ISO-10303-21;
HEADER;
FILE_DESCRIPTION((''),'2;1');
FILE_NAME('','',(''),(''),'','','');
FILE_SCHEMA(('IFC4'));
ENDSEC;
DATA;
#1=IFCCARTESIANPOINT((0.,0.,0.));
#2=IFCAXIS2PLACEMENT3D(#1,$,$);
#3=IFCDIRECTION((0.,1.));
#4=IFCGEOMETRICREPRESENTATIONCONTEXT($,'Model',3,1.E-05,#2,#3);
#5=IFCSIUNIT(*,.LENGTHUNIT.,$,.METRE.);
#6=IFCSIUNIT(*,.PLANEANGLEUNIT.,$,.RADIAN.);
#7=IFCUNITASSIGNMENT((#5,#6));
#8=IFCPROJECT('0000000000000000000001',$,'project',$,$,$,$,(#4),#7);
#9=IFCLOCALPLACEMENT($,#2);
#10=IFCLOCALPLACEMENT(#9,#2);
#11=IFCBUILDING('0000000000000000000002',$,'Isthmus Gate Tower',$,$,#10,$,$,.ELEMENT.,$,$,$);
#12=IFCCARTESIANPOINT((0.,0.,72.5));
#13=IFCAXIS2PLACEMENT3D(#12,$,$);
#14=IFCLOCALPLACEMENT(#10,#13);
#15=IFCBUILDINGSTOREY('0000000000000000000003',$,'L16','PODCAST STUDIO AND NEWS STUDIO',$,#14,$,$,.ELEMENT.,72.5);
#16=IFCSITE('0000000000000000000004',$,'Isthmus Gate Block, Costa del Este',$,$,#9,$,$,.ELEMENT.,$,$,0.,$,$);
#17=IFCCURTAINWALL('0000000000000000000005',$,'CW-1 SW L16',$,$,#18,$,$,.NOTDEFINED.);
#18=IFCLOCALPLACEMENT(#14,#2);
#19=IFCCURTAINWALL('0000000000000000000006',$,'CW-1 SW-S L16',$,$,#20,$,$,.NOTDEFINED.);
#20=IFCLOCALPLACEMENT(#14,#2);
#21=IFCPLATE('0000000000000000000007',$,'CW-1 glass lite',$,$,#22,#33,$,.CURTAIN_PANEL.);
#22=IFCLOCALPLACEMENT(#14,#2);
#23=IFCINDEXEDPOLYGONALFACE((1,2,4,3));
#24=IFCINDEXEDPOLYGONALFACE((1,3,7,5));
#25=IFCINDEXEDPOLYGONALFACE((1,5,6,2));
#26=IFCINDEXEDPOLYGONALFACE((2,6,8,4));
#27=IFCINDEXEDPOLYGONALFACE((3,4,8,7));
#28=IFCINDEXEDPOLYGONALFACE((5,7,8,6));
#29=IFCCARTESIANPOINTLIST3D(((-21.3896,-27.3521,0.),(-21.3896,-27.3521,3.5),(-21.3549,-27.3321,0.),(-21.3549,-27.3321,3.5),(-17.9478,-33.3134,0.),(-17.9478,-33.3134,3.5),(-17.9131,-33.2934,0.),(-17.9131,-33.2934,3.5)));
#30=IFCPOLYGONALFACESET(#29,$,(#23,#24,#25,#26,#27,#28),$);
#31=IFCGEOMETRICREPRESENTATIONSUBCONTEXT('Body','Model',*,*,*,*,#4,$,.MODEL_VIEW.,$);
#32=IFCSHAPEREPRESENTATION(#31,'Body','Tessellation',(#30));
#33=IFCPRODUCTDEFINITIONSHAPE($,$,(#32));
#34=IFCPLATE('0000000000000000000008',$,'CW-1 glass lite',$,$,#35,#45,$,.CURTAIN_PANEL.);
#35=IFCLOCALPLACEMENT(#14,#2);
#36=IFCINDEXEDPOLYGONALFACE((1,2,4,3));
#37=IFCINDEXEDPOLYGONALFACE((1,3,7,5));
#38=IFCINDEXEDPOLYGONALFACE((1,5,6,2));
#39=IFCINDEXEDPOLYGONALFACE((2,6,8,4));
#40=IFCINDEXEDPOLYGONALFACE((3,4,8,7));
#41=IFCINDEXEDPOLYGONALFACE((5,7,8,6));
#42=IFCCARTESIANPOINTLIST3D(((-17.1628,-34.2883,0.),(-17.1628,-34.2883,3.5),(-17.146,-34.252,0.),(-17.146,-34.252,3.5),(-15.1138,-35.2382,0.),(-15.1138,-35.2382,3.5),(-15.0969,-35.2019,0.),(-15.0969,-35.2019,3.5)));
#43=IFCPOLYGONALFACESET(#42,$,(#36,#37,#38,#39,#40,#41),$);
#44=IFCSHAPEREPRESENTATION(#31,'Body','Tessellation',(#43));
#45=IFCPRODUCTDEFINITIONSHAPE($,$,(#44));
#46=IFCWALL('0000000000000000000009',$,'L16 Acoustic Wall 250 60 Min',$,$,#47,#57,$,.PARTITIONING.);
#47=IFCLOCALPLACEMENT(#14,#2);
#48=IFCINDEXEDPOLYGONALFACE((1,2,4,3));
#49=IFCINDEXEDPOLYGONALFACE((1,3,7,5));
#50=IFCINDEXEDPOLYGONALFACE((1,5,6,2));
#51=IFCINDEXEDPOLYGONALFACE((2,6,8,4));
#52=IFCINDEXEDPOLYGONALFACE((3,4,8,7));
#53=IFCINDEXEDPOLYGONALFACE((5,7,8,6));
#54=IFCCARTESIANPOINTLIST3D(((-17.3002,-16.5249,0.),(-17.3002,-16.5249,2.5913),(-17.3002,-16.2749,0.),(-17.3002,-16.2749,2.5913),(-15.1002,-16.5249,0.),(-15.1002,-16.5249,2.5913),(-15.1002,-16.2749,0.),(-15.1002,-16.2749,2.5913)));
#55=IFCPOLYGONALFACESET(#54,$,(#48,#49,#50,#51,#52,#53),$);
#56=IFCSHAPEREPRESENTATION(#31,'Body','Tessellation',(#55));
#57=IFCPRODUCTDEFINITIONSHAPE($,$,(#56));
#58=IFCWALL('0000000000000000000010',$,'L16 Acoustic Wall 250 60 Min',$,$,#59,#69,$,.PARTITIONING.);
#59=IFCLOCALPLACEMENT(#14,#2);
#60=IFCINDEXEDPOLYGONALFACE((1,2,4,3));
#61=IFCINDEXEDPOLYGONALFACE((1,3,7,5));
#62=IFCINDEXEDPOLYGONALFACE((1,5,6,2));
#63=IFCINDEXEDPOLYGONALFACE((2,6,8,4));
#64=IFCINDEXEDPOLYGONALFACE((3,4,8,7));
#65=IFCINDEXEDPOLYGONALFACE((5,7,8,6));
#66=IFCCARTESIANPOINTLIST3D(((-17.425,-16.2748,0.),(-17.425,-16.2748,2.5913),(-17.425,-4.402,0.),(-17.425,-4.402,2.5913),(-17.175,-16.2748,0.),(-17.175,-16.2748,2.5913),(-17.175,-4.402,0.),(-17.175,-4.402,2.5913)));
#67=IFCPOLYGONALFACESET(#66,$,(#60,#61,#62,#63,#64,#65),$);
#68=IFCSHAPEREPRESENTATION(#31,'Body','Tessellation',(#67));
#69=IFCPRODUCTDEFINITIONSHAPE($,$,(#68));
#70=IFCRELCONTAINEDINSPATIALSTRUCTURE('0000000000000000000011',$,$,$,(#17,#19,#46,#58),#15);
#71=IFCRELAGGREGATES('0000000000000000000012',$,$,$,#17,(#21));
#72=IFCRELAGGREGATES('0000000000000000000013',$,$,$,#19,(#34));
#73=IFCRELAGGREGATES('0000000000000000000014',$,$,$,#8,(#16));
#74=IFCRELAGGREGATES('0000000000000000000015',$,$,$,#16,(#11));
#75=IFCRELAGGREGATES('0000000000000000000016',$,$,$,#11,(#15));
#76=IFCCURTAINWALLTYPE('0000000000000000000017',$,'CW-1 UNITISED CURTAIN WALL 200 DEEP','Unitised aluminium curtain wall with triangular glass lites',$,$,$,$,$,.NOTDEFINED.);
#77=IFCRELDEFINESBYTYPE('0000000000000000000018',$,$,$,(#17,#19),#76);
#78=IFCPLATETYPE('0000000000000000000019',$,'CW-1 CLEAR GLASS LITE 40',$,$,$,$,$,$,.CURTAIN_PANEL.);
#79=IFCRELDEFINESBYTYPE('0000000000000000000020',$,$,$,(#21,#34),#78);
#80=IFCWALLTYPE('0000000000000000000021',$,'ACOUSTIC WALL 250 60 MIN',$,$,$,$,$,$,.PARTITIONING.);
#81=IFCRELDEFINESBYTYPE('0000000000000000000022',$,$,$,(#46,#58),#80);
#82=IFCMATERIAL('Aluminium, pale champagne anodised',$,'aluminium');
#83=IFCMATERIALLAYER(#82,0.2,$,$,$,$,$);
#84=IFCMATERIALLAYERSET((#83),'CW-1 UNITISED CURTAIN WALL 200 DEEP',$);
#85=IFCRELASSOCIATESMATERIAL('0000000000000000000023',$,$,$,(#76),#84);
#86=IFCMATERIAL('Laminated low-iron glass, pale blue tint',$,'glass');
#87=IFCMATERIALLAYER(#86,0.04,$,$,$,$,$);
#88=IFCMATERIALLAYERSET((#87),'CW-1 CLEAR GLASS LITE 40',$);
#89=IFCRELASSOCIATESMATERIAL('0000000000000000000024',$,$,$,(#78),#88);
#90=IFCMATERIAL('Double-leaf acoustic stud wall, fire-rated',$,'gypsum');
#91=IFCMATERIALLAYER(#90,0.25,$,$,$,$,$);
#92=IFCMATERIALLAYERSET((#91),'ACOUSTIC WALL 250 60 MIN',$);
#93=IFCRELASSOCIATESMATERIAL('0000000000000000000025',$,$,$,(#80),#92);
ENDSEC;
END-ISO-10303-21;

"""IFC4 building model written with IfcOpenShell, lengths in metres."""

from ifc_helpers import new_model, si_unit, direction, frame, frame_2d, origin, origin_2d, place, context, subcontext, project, spatial, rectangle, extrude, material, layer, layer_set, type_object, element, aggregate, save


model = new_model("IFC4")

# Units and contexts
model_context = context("Model", 3, precision=1e-05, world=origin(), true_north=direction((0.0, 1.0)))
body_context = subcontext(model_context, "Body", "Model", "MODEL_VIEW")
ifc_project = project(units=[si_unit("LENGTHUNIT", "METRE"), si_unit("PLANEANGLEUNIT", "RADIAN")], contexts=[model_context])

# Site, building, storey
site_placement = place(None, origin())
site = spatial("IfcSite", under=ifc_project, at=site_placement, Name="Isthmus Gate Block, Costa del Este", CompositionType="ELEMENT", RefElevation=0.0)
building_placement = place(site_placement, origin())
building = spatial("IfcBuilding", under=site, at=building_placement, Name="Isthmus Gate Tower", CompositionType="ELEMENT")
storey_placement = place(building_placement, frame((0.0, 0.0, 72.5)))
storey = spatial("IfcBuildingStorey", under=building, at=storey_placement, Name="L16", Description="PODCAST STUDIO AND NEWS STUDIO", CompositionType="ELEMENT", Elevation=72.5)

# Curtain wall
ifc_material_1 = material(Name="Aluminium, pale champagne anodised", Category="aluminium")
ifc_layer_1 = layer(ifc_material_1, 0.2)
ifc_layer_set_1 = layer_set([ifc_layer_1], Name="CW-1 UNITISED CURTAIN WALL 200 DEEP")
curtain_wall_type = type_object("IfcCurtainWallType", Name="CW-1 UNITISED CURTAIN WALL 200 DEEP", Description="Unitised aluminium curtain wall with triangular glass lites", PredefinedType="NOTDEFINED", material=ifc_layer_set_1)
curtain_wall_1_placement = place(storey_placement, origin())
curtain_wall_1 = element("IfcCurtainWall", 1, at=curtain_wall_1_placement, inside=storey, type_object=curtain_wall_type, Name="CW-1 SW L16", PredefinedType="NOTDEFINED")

# Curtain wall
curtain_wall_2_placement = place(storey_placement, origin())
curtain_wall_2 = element("IfcCurtainWall", 2, at=curtain_wall_2_placement, inside=storey, type_object=curtain_wall_type, Name="CW-1 SW-S L16", PredefinedType="NOTDEFINED")

# Plates
ifc_material_2 = material(Name="Laminated low-iron glass, pale blue tint", Category="glass")
ifc_layer_2 = layer(ifc_material_2, 0.04)
ifc_layer_set_2 = layer_set([ifc_layer_2], Name="CW-1 CLEAR GLASS LITE 40")
plate_type = type_object("IfcPlateType", Name="CW-1 CLEAR GLASS LITE 40", PredefinedType="CURTAIN_PANEL", material=ifc_layer_set_2)
plate_1_placement = place(storey_placement, frame((-19.6514, -30.3228, 0.0), z_axis=(0.0, 0.0, 1.0), x_axis=(0.5, -0.866025, 0.0)))
plate_1 = element("IfcPlate", 3, at=plate_1_placement, type_object=plate_type, Name="CW-1 glass lite", PredefinedType="CURTAIN_PANEL", context=body_context, shape_type="SweptSolid", body=[
    extrude(rectangle(XDim=6.8835, YDim=0.04, at=origin_2d()), origin(), (0.0, 0.0, 1.0), 3.5),
])
aggregate(curtain_wall_1, [plate_1])
plate_2_placement = place(storey_placement, frame((-16.1299, -34.7451, 0.0), z_axis=(0.0, 0.0, 1.0), x_axis=(0.907256, -0.420578, 0.0)))
plate_2 = element("IfcPlate", 4, at=plate_2_placement, type_object=plate_type, Name="CW-1 glass lite", PredefinedType="CURTAIN_PANEL", context=body_context, shape_type="SweptSolid", body=[
    extrude(rectangle(XDim=2.2585, YDim=0.04, at=origin_2d()), origin(), (0.0, 0.0, 1.0), 3.5),
])
aggregate(curtain_wall_2, [plate_2])

# Walls
ifc_material_3 = material(Name="Double-leaf acoustic stud wall, fire-rated", Category="gypsum")
ifc_layer_3 = layer(ifc_material_3, 0.25)
ifc_layer_set_3 = layer_set([ifc_layer_3], Name="ACOUSTIC WALL 250 60 MIN")
wall_type = type_object("IfcWallType", Name="ACOUSTIC WALL 250 60 MIN", PredefinedType="PARTITIONING", material=ifc_layer_set_3)
wall_1_placement = place(storey_placement, frame((-15.1001, -16.3999, 0.0), z_axis=(0.0, 0.0, 1.0), x_axis=(-1.0, 0.0, 0.0)))
element("IfcWall", 5, at=wall_1_placement, inside=storey, type_object=wall_type, Name="L16 Acoustic Wall 250 60 Min", PredefinedType="PARTITIONING", context=body_context, shape_type="SweptSolid", body=[
    extrude(rectangle(XDim=2.2, YDim=0.25, at=frame_2d((1.1001, 0.0))), origin(), (0.0, 0.0, 1.0), 2.5913),
])
wall_2_placement = place(storey_placement, frame((-17.3, -16.2749, 0.0), z_axis=(0.0, 0.0, 1.0), x_axis=(0.0, 1.0, 0.0)))
element("IfcWall", 6, at=wall_2_placement, inside=storey, type_object=wall_type, Name="L16 Acoustic Wall 250 60 Min", PredefinedType="PARTITIONING", context=body_context, shape_type="SweptSolid", body=[
    extrude(rectangle(XDim=11.8728, YDim=0.25, at=frame_2d((5.9365, 0.0))), origin(), (0.0, 0.0, 1.0), 2.5913),
])

save(model, "model.ifc")
